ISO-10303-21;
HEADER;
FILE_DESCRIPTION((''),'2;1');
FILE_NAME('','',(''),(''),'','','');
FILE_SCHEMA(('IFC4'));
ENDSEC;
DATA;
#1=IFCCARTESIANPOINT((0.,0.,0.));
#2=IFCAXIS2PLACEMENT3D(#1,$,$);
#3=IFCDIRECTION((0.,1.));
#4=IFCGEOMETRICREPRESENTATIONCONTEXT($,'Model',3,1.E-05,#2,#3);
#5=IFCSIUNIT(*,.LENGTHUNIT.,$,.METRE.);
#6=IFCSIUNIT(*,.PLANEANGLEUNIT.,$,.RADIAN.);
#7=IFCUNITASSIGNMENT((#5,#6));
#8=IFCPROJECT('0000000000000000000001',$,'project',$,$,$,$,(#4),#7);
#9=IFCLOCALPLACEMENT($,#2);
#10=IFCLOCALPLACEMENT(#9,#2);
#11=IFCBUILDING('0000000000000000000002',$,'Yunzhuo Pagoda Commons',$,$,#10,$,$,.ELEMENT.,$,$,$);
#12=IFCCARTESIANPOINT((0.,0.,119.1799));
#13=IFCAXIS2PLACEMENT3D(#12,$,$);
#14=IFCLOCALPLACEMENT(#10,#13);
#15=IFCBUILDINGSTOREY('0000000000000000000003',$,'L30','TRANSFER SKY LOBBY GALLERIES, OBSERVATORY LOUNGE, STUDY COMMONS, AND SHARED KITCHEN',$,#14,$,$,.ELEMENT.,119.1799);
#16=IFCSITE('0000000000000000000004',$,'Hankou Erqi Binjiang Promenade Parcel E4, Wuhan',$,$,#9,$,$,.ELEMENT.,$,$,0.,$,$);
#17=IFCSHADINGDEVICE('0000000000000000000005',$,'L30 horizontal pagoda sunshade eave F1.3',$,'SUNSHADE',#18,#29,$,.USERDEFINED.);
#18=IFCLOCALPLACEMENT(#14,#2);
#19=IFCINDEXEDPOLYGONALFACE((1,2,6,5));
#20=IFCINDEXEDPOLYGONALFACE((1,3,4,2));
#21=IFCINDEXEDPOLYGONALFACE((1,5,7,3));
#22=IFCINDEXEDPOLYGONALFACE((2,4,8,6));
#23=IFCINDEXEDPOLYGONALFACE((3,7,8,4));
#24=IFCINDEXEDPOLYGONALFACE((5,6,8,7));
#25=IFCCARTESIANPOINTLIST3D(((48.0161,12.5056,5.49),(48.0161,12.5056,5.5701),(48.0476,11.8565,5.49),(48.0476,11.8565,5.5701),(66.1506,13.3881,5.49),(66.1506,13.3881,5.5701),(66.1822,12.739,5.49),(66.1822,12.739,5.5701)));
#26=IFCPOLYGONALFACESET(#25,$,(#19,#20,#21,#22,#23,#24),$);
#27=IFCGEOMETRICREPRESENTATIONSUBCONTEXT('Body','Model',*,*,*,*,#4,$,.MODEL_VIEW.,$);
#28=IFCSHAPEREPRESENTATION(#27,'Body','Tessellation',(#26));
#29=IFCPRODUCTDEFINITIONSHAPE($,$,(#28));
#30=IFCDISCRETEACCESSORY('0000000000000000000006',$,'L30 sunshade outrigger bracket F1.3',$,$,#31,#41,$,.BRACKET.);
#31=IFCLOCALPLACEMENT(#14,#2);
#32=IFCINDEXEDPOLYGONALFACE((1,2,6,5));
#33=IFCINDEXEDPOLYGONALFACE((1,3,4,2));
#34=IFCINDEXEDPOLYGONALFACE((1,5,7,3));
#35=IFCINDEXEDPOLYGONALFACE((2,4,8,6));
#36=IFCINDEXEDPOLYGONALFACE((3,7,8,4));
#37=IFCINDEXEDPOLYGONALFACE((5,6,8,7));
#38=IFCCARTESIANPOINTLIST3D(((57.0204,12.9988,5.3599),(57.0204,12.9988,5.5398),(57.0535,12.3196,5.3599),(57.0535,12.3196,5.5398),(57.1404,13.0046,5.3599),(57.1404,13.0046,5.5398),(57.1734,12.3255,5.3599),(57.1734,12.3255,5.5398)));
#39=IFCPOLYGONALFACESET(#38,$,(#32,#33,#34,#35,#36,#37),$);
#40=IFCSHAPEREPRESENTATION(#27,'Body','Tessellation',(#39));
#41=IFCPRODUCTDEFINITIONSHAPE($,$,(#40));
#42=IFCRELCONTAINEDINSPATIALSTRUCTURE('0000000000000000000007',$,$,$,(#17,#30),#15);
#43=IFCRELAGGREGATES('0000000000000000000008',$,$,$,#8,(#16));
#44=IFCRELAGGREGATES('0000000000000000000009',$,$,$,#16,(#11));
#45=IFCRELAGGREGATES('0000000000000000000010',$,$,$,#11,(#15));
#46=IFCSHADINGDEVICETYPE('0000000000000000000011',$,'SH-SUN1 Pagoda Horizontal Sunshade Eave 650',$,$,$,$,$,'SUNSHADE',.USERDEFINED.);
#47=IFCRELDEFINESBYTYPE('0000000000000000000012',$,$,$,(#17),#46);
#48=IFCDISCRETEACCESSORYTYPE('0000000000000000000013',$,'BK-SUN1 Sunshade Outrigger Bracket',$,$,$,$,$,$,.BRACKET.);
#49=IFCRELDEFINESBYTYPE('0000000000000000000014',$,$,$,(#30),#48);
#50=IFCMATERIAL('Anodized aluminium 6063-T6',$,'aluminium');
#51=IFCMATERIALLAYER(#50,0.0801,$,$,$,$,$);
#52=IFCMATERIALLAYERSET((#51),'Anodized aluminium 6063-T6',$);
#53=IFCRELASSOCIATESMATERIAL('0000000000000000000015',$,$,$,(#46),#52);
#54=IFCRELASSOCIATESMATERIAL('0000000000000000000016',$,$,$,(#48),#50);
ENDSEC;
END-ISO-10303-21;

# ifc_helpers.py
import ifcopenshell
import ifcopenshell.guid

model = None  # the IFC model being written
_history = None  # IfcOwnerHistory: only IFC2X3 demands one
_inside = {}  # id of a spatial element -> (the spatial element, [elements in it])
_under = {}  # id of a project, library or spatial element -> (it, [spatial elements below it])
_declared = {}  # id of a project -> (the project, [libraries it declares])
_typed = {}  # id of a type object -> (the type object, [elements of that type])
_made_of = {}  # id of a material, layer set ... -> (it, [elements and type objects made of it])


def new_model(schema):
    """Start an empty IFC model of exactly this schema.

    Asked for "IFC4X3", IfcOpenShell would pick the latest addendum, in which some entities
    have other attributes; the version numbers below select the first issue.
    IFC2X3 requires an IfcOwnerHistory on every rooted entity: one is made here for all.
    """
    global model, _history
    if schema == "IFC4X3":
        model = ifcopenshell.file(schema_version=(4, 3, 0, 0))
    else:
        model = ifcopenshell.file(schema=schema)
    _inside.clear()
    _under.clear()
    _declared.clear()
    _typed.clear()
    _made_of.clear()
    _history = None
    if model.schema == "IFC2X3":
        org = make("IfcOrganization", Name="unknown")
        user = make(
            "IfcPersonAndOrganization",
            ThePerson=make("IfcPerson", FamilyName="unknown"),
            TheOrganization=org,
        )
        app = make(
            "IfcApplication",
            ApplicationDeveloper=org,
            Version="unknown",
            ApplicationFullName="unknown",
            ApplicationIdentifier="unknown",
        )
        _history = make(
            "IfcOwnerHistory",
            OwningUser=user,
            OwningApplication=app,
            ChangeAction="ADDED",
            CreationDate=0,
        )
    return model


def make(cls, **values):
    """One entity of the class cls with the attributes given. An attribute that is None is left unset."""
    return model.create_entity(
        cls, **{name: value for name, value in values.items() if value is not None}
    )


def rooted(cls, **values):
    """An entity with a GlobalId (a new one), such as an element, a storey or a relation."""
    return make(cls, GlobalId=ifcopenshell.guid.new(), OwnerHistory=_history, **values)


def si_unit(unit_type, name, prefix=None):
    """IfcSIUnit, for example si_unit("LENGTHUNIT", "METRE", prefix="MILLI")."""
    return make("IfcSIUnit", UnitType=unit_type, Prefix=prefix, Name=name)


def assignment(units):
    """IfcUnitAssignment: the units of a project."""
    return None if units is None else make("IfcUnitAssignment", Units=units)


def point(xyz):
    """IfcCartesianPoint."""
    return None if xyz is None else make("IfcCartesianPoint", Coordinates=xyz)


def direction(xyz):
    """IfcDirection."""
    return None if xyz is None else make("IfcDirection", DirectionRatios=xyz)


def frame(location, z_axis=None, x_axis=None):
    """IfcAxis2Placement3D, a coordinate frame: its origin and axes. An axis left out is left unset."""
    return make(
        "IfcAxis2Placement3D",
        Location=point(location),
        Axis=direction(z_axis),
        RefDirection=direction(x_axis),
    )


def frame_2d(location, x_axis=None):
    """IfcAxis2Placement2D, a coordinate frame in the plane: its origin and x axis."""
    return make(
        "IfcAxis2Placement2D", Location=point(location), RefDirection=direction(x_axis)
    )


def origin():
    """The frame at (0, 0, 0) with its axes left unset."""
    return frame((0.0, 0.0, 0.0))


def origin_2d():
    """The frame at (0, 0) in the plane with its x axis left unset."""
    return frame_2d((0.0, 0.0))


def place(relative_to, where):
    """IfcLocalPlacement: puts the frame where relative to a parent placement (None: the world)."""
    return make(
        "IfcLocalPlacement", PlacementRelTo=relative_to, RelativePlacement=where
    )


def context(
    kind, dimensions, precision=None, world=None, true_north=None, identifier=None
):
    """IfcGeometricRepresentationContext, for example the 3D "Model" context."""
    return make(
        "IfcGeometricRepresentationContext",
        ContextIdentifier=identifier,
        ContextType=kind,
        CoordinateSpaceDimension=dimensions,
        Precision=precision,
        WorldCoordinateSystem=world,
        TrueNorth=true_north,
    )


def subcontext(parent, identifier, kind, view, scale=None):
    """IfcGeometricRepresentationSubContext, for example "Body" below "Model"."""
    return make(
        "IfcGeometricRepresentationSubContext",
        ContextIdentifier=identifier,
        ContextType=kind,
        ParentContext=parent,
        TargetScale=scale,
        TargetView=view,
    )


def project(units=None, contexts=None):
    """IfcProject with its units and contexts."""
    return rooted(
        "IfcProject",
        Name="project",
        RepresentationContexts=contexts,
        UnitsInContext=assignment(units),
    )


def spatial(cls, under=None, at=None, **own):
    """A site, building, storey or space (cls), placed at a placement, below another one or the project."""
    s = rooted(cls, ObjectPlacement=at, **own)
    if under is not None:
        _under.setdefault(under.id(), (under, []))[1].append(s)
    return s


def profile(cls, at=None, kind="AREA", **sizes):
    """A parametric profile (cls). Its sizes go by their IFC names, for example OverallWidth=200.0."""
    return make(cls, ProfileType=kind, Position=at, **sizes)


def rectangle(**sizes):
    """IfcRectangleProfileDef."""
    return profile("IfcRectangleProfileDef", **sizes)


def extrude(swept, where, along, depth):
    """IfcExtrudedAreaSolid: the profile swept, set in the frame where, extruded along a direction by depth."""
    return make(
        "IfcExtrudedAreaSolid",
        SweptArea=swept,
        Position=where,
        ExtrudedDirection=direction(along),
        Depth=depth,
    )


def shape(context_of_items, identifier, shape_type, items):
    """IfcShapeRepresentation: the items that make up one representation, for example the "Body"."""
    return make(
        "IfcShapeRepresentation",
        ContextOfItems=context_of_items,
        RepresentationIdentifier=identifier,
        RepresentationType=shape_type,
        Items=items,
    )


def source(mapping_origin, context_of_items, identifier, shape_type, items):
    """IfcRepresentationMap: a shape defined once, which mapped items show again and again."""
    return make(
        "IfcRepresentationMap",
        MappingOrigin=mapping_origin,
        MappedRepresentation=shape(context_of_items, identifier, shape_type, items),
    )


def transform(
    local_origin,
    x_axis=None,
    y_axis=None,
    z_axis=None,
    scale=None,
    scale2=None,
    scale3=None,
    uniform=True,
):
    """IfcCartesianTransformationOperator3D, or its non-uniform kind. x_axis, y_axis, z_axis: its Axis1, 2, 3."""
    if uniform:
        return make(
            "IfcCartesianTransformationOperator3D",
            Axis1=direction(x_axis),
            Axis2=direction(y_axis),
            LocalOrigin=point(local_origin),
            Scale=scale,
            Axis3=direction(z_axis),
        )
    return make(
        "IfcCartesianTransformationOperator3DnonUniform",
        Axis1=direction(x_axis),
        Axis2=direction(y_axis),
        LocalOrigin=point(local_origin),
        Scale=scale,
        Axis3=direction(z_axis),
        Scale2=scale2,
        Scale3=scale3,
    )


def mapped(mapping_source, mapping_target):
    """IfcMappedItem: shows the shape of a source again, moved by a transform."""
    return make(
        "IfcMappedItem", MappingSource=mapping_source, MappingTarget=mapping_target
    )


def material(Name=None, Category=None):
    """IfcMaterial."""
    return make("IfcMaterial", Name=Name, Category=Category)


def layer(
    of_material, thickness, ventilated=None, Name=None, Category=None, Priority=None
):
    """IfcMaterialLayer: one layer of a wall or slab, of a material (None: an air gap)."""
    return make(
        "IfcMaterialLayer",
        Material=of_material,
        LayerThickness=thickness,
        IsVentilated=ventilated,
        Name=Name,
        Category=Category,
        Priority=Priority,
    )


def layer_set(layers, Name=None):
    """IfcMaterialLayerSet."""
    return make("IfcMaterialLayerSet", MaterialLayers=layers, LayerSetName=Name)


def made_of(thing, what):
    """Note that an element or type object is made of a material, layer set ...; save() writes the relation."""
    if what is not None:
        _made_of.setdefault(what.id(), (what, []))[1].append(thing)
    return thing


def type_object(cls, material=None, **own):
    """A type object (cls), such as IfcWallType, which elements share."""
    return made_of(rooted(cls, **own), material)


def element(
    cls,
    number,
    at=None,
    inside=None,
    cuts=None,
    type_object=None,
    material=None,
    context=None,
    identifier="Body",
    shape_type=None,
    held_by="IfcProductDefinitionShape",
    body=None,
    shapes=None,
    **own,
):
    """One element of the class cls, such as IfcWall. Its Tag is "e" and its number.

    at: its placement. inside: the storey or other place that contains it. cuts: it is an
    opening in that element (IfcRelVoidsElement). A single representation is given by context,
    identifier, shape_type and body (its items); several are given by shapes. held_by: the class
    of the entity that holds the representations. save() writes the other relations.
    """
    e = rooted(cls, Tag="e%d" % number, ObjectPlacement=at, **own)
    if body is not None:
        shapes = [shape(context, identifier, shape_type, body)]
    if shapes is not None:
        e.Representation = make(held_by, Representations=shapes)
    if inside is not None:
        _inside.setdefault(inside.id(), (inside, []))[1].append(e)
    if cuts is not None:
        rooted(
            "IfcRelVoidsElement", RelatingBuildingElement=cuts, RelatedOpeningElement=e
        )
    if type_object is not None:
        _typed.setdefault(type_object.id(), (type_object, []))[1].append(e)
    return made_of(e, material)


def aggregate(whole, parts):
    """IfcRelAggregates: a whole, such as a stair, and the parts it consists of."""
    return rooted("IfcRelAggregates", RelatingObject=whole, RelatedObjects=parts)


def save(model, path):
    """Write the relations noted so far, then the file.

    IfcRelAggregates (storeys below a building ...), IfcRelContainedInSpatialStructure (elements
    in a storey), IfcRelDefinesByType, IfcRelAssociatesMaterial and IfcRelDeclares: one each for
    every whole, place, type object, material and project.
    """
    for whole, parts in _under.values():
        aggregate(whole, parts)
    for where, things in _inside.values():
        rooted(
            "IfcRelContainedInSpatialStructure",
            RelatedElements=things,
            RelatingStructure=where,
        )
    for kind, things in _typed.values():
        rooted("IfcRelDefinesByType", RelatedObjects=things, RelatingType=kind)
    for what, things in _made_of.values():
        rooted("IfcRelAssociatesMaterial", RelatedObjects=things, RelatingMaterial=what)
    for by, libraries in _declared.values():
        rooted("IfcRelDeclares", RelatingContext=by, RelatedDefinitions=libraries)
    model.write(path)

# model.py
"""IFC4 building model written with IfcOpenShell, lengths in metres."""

from ifc_helpers import new_model, si_unit, direction, frame, origin, origin_2d, place, context, subcontext, project, spatial, rectangle, extrude, source, transform, mapped, material, layer, layer_set, type_object, element, save


model = new_model("IFC4")

# Units and contexts
model_context = context("Model", 3, precision=1e-05, world=origin(), true_north=direction((0.0, 1.0)))
body_context = subcontext(model_context, "Body", "Model", "MODEL_VIEW")
ifc_project = project(units=[si_unit("LENGTHUNIT", "METRE"), si_unit("PLANEANGLEUNIT", "RADIAN")], contexts=[model_context])

# Site, building, storey
site_placement = place(None, origin())
site = spatial("IfcSite", under=ifc_project, at=site_placement, Name="Hankou Erqi Binjiang Promenade Parcel E4, Wuhan", CompositionType="ELEMENT", RefElevation=0.0)
building_placement = place(site_placement, origin())
building = spatial("IfcBuilding", under=site, at=building_placement, Name="Yunzhuo Pagoda Commons", CompositionType="ELEMENT")
storey_placement = place(building_placement, frame((0.0, 0.0, 119.1799)))
storey = spatial("IfcBuildingStorey", under=building, at=storey_placement, Name="L30", Description="TRANSFER SKY LOBBY GALLERIES, OBSERVATORY LOUNGE, STUDY COMMONS, AND SHARED KITCHEN", CompositionType="ELEMENT", Elevation=119.1799)

# Shared definitions
ifc_material_1 = material(Name="Anodized aluminium 6063-T6", Category="aluminium")

# Shading device
ifc_layer_1 = layer(ifc_material_1, 0.0801)
ifc_layer_set_1 = layer_set([ifc_layer_1], Name="Anodized aluminium 6063-T6")
shading_device_type = type_object("IfcShadingDeviceType", Name="SH-SUN1 Pagoda Horizontal Sunshade Eave 650", ElementType="SUNSHADE", PredefinedType="USERDEFINED", material=ifc_layer_set_1)
shared_shape_1 = source(origin(), body_context, "Body", "SweptSolid", [
    extrude(rectangle(XDim=18.156, YDim=0.6499, at=origin_2d()), origin(), (0.0, 0.0, 1.0), 0.0801),
])
shading_device_placement = place(storey_placement, frame((57.0991, 12.6223, 5.49), z_axis=(0.0, 0.0, 1.0), x_axis=(0.998818, 0.048606, 0.0)))
element("IfcShadingDevice", 1, at=shading_device_placement, inside=storey, type_object=shading_device_type, Name="L30 horizontal pagoda sunshade eave F1.3", ObjectType="SUNSHADE", PredefinedType="USERDEFINED", context=body_context, shape_type="MappedRepresentation", body=[
    mapped(shared_shape_1, transform((0.0, 0.0, 0.0), scale=1.0)),
])

# Discrete accessory
discrete_accessory_type = type_object("IfcDiscreteAccessoryType", Name="BK-SUN1 Sunshade Outrigger Bracket", PredefinedType="BRACKET", material=ifc_material_1)
shared_shape_2 = source(origin(), body_context, "Body", "SweptSolid", [
    extrude(rectangle(XDim=0.1201, YDim=0.6799, at=origin_2d()), origin(), (0.0, 0.0, 1.0), 0.1799),
])
discrete_accessory_placement = place(storey_placement, frame((57.0969, 12.6621, 5.3599), z_axis=(0.0, 0.0, 1.0), x_axis=(0.998818, 0.048606, 0.0)))
element("IfcDiscreteAccessory", 2, at=discrete_accessory_placement, inside=storey, type_object=discrete_accessory_type, Name="L30 sunshade outrigger bracket F1.3", PredefinedType="BRACKET", context=body_context, shape_type="MappedRepresentation", body=[
    mapped(shared_shape_2, transform((0.0, 0.0, 0.0), scale=1.0)),
])

save(model, "model.ifc")
